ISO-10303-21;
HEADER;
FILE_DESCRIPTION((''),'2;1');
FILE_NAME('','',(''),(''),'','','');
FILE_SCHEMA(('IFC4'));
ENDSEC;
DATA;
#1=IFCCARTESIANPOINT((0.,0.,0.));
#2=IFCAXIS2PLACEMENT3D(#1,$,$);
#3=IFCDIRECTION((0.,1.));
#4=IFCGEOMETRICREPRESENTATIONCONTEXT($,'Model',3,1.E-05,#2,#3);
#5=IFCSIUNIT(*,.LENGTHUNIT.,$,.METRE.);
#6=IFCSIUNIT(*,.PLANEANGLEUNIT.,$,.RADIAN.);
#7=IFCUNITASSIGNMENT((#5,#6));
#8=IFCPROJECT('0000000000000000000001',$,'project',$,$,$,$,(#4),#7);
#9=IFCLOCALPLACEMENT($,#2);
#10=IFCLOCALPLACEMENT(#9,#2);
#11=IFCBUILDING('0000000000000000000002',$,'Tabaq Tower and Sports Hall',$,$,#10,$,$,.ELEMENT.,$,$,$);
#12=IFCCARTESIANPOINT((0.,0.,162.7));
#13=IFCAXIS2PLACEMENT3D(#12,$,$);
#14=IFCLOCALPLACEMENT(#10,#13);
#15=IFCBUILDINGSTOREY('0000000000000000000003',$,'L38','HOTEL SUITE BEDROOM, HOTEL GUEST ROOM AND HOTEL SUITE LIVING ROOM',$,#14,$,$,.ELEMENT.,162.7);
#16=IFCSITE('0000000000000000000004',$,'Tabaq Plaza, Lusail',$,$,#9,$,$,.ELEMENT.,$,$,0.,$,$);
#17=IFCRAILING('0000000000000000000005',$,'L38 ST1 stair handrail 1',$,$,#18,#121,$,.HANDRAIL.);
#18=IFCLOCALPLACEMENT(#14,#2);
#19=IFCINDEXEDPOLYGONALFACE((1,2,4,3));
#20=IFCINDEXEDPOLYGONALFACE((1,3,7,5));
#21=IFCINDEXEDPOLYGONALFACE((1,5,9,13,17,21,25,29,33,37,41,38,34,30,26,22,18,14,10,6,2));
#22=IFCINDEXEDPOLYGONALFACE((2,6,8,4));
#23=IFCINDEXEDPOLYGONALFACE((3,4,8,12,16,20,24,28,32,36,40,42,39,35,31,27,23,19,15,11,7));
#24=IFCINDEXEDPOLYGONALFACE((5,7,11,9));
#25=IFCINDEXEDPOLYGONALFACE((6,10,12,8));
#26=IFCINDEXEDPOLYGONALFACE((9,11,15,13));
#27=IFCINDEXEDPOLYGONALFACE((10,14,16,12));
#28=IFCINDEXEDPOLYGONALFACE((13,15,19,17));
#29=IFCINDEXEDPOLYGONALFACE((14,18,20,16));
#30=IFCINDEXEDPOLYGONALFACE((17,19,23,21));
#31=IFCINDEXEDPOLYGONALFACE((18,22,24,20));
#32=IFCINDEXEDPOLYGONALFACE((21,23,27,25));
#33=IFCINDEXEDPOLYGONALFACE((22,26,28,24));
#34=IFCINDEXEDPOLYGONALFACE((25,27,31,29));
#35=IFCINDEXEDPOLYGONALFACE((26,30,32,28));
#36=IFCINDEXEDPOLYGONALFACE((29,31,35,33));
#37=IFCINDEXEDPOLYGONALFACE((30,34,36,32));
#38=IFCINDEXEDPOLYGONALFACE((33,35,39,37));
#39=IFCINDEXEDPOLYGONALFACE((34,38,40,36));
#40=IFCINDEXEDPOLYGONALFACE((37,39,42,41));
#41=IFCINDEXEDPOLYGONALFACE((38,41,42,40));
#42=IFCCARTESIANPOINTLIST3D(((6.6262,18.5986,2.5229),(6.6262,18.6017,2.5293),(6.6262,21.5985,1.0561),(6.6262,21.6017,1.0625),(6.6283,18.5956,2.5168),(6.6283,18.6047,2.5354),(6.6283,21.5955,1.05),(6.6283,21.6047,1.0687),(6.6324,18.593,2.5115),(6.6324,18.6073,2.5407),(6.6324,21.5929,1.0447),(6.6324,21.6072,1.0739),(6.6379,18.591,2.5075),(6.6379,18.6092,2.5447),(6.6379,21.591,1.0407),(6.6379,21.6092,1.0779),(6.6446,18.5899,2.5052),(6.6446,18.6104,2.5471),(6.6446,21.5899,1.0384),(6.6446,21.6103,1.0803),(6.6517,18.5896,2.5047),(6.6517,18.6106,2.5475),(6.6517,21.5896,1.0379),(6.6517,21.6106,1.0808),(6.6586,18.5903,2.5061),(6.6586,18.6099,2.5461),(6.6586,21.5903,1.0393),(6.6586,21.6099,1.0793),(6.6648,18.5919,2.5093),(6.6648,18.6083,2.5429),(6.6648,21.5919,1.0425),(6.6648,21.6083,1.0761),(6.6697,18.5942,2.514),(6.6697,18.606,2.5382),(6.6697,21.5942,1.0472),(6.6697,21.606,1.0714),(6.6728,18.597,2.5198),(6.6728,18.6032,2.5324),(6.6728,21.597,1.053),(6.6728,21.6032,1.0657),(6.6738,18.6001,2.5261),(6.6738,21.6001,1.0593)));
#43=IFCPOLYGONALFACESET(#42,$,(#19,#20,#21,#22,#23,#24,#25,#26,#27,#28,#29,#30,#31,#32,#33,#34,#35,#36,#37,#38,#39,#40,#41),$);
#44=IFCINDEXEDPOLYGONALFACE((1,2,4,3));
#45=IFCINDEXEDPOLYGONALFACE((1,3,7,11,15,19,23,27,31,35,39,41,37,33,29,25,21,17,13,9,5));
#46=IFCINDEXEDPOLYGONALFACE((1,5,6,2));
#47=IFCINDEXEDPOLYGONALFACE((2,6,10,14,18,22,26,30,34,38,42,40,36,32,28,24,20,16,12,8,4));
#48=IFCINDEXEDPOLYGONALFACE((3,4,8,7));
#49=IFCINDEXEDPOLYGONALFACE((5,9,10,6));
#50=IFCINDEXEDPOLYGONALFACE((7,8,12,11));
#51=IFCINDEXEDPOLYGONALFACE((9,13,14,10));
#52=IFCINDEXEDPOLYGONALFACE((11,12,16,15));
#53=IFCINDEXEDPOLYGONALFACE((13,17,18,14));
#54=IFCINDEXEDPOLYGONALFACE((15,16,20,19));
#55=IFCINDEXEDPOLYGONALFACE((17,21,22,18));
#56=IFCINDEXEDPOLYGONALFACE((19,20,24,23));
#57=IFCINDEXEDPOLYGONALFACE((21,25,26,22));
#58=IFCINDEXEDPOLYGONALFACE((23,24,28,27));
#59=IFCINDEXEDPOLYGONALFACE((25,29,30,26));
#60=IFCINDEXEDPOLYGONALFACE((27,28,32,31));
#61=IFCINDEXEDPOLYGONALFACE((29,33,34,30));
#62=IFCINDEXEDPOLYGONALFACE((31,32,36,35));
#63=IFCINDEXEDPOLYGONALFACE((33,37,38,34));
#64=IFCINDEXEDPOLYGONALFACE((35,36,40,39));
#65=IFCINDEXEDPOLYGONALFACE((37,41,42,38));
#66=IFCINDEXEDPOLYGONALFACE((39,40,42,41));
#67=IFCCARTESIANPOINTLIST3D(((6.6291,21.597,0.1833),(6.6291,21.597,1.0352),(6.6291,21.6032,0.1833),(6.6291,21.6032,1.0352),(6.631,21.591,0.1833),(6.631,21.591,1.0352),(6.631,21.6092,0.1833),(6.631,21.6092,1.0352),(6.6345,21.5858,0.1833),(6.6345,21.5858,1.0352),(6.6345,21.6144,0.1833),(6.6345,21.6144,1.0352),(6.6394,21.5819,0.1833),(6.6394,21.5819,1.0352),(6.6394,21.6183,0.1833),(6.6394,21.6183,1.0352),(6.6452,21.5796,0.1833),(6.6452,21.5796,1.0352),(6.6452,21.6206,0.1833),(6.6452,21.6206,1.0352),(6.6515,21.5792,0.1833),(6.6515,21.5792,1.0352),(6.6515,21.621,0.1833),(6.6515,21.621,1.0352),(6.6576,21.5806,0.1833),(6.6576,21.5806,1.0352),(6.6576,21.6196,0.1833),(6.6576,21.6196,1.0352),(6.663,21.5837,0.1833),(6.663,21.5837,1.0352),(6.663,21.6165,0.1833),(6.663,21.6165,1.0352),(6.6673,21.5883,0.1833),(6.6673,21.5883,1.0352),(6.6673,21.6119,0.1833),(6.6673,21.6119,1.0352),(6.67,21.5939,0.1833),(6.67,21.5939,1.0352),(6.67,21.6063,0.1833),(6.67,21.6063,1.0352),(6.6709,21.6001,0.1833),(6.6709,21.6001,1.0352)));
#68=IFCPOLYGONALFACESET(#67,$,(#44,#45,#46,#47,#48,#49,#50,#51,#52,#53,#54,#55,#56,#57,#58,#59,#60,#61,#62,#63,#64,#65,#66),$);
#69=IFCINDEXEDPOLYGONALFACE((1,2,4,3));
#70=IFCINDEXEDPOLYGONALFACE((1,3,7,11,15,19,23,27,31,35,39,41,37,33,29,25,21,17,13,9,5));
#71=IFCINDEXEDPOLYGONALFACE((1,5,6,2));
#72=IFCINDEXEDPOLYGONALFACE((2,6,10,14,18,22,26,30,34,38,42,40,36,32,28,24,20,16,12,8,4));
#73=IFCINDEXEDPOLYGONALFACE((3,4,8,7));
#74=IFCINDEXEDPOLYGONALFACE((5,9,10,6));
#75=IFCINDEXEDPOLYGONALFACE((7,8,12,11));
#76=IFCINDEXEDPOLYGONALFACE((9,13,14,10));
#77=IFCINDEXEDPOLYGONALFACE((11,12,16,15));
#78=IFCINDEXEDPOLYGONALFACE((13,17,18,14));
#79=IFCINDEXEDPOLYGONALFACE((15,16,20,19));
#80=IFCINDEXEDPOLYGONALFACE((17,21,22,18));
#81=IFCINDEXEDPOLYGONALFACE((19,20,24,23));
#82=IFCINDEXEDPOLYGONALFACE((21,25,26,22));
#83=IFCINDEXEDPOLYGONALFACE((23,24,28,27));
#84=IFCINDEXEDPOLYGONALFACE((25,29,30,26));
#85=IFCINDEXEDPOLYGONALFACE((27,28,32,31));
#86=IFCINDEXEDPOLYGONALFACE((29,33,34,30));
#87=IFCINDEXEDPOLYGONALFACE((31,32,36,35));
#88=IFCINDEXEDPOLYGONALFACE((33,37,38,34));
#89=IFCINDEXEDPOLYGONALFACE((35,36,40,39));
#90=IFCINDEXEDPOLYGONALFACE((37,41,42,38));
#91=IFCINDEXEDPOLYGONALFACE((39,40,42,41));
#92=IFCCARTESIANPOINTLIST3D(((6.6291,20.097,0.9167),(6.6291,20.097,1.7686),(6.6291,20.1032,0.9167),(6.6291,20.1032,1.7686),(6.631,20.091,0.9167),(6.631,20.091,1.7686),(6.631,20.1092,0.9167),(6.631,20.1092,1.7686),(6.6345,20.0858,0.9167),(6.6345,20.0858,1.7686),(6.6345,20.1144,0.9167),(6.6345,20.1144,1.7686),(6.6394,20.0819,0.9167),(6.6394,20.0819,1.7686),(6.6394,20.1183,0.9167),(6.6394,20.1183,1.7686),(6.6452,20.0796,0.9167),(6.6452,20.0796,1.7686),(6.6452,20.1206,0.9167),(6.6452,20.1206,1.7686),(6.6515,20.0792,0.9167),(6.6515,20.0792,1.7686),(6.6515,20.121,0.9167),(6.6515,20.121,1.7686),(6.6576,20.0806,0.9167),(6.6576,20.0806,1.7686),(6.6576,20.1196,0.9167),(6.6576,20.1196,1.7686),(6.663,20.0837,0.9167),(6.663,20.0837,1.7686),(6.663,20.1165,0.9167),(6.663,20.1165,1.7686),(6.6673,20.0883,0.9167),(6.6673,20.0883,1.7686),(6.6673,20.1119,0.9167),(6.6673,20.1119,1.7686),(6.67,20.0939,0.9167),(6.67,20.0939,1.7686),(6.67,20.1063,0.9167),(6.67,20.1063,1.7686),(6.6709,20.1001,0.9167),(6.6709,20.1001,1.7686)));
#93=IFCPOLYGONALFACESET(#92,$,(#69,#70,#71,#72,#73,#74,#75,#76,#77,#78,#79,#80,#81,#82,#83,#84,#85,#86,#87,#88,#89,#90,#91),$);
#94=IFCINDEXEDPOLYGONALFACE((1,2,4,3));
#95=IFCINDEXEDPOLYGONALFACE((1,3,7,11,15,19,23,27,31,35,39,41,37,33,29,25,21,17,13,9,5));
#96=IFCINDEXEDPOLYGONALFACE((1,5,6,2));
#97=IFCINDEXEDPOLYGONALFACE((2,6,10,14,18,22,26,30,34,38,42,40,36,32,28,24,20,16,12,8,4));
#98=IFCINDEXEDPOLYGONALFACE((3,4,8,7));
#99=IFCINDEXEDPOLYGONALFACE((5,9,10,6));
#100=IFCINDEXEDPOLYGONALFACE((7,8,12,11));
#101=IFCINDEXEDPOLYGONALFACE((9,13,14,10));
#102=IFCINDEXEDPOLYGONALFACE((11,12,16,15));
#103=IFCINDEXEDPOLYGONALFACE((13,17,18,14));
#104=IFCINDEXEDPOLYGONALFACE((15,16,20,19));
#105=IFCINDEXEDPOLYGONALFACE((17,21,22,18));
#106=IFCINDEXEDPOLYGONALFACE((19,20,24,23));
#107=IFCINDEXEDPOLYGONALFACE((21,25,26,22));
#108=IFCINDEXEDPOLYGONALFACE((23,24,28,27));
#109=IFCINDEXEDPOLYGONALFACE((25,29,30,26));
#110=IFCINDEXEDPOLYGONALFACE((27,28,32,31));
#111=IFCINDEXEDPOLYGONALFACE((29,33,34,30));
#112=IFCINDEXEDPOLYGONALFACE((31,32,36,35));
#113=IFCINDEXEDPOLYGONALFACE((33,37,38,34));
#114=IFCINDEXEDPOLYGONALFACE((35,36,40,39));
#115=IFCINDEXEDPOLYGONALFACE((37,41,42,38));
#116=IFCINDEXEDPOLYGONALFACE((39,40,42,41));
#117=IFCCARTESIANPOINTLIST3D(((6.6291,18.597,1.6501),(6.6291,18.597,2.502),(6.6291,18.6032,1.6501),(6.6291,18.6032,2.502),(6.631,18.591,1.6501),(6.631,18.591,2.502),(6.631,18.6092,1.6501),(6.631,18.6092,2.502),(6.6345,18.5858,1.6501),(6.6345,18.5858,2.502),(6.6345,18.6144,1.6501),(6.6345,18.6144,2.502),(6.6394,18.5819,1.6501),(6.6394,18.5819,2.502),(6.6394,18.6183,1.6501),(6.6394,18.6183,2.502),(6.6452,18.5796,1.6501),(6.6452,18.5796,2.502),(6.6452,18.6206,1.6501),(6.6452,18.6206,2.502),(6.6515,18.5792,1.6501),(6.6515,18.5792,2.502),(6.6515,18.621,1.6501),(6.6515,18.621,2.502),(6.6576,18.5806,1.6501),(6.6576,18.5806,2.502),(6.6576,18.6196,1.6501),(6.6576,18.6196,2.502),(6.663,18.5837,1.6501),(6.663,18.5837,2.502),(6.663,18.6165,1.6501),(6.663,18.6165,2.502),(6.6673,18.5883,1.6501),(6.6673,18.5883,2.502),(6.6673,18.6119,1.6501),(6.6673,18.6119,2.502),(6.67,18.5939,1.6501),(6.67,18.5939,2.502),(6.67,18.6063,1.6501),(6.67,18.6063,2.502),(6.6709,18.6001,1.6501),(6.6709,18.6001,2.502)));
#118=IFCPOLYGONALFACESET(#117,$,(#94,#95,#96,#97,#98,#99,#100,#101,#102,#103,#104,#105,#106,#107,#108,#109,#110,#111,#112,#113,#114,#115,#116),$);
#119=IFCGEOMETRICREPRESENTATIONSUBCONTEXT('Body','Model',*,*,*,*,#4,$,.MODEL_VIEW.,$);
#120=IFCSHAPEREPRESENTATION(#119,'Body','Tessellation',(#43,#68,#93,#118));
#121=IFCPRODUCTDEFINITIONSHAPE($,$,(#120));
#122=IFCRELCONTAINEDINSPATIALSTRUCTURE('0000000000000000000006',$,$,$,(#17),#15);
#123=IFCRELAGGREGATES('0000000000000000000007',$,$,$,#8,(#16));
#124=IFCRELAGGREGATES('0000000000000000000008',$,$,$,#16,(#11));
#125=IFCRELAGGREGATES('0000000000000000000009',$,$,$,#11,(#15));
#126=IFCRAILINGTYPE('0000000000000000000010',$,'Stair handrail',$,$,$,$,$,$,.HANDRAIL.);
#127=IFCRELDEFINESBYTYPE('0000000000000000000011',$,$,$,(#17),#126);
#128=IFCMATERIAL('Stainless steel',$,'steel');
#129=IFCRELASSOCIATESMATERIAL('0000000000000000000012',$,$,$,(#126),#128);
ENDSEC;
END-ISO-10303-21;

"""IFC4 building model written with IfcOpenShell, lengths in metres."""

from ifc_helpers import new_model, si_unit, direction, frame, origin, origin_2d, place, context, subcontext, project, spatial, circle, extrude, material, type_object, element, save


model = new_model("IFC4")

# Units and contexts
model_context = context("Model", 3, precision=1e-05, world=origin(), true_north=direction((0.0, 1.0)))
body_context = subcontext(model_context, "Body", "Model", "MODEL_VIEW")
ifc_project = project(units=[si_unit("LENGTHUNIT", "METRE"), si_unit("PLANEANGLEUNIT", "RADIAN")], contexts=[model_context])

# Site, building, storey
site_placement = place(None, origin())
site = spatial("IfcSite", under=ifc_project, at=site_placement, Name="Tabaq Plaza, Lusail", CompositionType="ELEMENT", RefElevation=0.0)
building_placement = place(site_placement, origin())
building = spatial("IfcBuilding", under=site, at=building_placement, Name="Tabaq Tower and Sports Hall", CompositionType="ELEMENT")
storey_placement = place(building_placement, frame((0.0, 0.0, 162.7)))
storey = spatial("IfcBuildingStorey", under=building, at=storey_placement, Name="L38", Description="HOTEL SUITE BEDROOM, HOTEL GUEST ROOM AND HOTEL SUITE LIVING ROOM", CompositionType="ELEMENT", Elevation=162.7)

# Railing
ifc_material_1 = material(Name="Stainless steel", Category="steel")
railing_type = type_object("IfcRailingType", Name="Stair handrail", PredefinedType="HANDRAIL", material=ifc_material_1)
railing_1_placement = place(storey_placement, frame((6.6499, 21.6001, 0.1833)))
element("IfcRailing", 1, at=railing_1_placement, inside=storey, type_object=railing_type, Name="L38 ST1 stair handrail 1", PredefinedType="HANDRAIL", context=body_context, shape_type="SweptSolid", body=[
    extrude(circle(Radius=0.0239, at=origin_2d()), frame((0.0, 0.0, 0.876), z_axis=(0.0, -0.898369, 0.439242), x_axis=(1.0, 0.0, 0.0)), (0.0, 0.0, 1.0), 3.3394),
    extrude(circle(Radius=0.021, at=origin_2d()), origin(), (0.0, 0.0, 1.0), 0.8518),
    extrude(circle(Radius=0.021, at=origin_2d()), frame((0.0, -1.5, 0.7334)), (0.0, 0.0, 1.0), 0.8518),
    extrude(circle(Radius=0.021, at=origin_2d()), frame((0.0, -3.0, 1.4668)), (0.0, 0.0, 1.0), 0.8518),
])

save(model, "model.ifc")
